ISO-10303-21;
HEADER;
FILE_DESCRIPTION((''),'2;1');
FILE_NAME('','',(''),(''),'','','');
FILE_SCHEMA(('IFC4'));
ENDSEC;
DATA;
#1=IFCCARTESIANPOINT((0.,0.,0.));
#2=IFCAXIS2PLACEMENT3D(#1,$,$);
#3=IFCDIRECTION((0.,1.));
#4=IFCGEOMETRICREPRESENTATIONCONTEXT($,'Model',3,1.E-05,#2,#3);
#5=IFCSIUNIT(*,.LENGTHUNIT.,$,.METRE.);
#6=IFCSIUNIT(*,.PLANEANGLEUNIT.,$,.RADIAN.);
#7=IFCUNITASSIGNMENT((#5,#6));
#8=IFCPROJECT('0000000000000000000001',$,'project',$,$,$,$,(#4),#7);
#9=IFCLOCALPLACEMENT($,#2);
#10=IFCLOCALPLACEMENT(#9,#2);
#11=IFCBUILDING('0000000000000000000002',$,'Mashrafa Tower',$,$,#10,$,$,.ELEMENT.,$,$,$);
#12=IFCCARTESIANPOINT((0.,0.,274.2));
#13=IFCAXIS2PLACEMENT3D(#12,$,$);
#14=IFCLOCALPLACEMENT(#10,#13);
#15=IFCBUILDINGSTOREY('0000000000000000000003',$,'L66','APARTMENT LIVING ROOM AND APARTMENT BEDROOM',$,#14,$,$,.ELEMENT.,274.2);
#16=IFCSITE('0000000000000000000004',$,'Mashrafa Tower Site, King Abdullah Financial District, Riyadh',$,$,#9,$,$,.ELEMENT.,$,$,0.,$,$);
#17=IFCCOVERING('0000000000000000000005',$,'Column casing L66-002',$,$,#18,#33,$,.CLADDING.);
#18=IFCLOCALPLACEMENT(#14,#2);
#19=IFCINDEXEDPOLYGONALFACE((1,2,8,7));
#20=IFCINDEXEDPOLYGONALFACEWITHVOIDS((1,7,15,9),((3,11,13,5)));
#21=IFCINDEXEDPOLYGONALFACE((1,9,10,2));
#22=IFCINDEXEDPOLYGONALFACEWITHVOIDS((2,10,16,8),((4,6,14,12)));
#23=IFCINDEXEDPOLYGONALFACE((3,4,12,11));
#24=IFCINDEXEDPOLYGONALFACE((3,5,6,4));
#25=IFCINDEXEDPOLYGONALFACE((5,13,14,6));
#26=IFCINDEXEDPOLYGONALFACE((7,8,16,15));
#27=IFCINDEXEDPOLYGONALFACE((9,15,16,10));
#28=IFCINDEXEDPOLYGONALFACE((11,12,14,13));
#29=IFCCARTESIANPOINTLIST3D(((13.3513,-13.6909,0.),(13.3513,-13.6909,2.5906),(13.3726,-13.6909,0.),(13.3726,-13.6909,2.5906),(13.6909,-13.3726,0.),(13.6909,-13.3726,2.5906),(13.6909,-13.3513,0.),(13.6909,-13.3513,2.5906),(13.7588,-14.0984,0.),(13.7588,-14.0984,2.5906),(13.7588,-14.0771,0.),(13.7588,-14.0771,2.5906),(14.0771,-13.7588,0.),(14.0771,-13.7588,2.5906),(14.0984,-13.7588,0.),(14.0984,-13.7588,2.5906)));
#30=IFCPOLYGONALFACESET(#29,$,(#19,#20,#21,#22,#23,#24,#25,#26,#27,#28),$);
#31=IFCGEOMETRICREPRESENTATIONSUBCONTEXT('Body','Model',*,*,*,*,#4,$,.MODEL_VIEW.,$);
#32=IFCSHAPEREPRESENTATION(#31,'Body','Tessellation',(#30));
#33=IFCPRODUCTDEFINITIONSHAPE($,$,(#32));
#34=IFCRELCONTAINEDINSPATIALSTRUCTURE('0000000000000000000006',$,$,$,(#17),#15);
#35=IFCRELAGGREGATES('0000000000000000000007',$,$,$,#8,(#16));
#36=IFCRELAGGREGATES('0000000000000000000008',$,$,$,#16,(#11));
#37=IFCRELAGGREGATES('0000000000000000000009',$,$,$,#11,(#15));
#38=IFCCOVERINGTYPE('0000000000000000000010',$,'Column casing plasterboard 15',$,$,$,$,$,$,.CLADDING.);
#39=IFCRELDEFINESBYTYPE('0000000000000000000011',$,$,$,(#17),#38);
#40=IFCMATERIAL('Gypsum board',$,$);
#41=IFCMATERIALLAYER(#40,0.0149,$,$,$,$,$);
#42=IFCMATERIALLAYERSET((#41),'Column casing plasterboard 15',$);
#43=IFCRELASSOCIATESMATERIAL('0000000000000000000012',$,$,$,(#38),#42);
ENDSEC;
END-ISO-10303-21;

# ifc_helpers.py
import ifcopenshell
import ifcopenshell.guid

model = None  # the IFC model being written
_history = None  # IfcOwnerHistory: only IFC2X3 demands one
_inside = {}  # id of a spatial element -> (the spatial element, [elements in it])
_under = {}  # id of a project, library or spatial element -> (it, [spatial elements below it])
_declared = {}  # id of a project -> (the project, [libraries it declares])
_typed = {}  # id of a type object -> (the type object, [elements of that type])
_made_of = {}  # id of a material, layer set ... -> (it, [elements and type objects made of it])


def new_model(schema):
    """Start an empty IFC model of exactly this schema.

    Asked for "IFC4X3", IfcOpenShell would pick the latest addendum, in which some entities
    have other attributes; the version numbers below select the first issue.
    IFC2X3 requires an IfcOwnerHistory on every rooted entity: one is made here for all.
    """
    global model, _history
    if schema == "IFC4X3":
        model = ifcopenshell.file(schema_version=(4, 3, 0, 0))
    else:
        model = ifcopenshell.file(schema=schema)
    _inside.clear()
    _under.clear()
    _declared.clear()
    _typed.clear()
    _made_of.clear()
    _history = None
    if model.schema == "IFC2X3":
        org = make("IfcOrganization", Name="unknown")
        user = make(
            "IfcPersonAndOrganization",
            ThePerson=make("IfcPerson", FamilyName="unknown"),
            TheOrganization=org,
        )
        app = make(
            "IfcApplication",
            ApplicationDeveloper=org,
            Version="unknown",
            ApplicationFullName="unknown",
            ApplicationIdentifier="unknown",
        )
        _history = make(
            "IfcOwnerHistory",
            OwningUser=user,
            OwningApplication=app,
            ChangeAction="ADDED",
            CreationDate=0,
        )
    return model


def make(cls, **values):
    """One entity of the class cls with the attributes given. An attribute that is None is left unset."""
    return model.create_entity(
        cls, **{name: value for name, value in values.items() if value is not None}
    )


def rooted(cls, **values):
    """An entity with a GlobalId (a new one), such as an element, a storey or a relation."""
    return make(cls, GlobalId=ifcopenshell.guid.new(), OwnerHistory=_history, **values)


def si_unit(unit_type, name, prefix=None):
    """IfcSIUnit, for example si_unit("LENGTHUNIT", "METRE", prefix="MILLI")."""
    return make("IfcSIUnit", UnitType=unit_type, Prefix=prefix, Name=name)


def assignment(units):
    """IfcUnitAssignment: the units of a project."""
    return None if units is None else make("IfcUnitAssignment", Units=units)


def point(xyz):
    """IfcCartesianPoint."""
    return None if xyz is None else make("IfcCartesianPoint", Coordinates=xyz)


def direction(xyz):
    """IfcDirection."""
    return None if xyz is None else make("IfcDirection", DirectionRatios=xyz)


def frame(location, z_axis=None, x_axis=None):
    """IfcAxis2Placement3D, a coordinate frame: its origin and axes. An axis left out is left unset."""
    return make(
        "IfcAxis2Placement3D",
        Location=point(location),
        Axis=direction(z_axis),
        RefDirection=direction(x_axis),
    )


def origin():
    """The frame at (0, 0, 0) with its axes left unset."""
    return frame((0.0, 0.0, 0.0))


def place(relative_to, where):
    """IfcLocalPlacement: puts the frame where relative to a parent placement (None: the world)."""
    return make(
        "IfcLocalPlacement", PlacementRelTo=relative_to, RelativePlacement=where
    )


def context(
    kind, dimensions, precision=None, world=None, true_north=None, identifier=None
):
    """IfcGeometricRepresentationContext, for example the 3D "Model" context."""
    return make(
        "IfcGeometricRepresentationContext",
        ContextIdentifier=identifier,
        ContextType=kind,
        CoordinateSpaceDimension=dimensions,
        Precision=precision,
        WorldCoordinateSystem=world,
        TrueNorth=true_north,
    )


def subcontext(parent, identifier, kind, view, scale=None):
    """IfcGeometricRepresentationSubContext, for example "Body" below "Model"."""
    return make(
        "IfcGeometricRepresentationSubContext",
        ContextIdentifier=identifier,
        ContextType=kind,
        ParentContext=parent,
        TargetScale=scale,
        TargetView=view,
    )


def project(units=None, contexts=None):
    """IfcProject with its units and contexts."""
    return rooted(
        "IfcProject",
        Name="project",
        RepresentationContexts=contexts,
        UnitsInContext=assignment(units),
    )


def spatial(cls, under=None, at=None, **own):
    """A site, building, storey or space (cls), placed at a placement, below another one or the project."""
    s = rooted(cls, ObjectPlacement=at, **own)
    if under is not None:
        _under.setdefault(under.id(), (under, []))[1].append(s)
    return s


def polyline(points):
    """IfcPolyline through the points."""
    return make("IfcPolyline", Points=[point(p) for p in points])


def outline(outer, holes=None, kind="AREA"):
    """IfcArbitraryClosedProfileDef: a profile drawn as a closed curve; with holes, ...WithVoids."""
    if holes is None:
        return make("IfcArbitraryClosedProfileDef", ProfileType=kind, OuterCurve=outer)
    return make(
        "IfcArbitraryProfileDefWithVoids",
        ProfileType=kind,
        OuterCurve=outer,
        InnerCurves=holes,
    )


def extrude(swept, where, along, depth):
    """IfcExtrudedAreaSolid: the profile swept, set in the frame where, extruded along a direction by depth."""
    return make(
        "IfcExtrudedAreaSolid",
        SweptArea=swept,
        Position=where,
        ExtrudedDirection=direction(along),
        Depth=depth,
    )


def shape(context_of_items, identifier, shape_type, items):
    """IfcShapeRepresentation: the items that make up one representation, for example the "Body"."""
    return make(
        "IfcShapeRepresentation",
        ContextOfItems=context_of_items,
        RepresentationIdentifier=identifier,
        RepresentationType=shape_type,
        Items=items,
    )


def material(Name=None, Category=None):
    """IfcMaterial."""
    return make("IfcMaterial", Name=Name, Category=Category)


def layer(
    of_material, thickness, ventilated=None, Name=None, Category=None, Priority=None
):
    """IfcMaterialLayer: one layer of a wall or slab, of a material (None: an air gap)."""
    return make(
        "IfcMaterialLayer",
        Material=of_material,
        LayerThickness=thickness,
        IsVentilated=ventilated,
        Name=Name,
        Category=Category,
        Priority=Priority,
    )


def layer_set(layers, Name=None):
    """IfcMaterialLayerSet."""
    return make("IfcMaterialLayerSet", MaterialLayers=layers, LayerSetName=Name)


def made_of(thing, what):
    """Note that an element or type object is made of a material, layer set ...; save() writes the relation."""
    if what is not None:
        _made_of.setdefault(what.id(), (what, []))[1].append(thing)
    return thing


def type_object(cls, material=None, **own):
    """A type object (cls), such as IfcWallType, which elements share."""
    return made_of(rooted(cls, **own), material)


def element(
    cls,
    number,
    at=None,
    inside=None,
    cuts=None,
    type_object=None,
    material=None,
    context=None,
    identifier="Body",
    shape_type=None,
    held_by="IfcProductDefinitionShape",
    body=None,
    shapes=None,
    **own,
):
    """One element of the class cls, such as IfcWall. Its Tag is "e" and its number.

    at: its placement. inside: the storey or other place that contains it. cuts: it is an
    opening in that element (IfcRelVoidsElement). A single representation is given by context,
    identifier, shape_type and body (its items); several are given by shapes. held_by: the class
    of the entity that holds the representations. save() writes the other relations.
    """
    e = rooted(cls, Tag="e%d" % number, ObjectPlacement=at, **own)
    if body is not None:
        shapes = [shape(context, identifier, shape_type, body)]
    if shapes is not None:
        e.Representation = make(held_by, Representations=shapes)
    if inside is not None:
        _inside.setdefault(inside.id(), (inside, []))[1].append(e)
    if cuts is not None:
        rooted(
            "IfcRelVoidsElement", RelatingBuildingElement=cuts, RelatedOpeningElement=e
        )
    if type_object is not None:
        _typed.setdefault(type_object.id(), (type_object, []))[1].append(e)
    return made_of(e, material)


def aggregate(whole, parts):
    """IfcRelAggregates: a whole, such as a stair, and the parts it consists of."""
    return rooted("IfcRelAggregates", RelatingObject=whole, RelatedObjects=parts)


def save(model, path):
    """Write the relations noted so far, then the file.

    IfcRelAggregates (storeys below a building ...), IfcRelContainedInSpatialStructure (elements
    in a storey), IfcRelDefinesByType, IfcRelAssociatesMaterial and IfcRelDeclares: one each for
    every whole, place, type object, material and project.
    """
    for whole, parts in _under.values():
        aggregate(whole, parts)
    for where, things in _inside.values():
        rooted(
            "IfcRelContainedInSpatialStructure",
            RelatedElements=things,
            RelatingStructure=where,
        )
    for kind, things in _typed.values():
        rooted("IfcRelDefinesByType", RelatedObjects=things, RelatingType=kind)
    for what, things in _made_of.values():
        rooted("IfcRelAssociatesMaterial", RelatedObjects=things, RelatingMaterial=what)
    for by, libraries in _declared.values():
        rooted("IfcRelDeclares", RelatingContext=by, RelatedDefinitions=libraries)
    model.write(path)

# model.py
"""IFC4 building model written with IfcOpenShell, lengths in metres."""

from ifc_helpers import new_model, si_unit, direction, frame, origin, place, context, subcontext, project, spatial, polyline, outline, extrude, material, layer, layer_set, type_object, element, save


model = new_model("IFC4")

# Units and contexts
model_context = context("Model", 3, precision=1e-05, world=origin(), true_north=direction((0.0, 1.0)))
body_context = subcontext(model_context, "Body", "Model", "MODEL_VIEW")
ifc_project = project(units=[si_unit("LENGTHUNIT", "METRE"), si_unit("PLANEANGLEUNIT", "RADIAN")], contexts=[model_context])

# Site, building, storey
site_placement = place(None, origin())
site = spatial("IfcSite", under=ifc_project, at=site_placement, Name="Mashrafa Tower Site, King Abdullah Financial District, Riyadh", CompositionType="ELEMENT", RefElevation=0.0)
building_placement = place(site_placement, origin())
building = spatial("IfcBuilding", under=site, at=building_placement, Name="Mashrafa Tower", CompositionType="ELEMENT")
storey_placement = place(building_placement, frame((0.0, 0.0, 274.2)))
storey = spatial("IfcBuildingStorey", under=building, at=storey_placement, Name="L66", Description="APARTMENT LIVING ROOM AND APARTMENT BEDROOM", CompositionType="ELEMENT", Elevation=274.2)

# Covering
ifc_material_1 = material(Name="Gypsum board")
ifc_layer_1 = layer(ifc_material_1, 0.0149)
ifc_layer_set_1 = layer_set([ifc_layer_1], Name="Column casing plasterboard 15")
covering_type = type_object("IfcCoveringType", Name="Column casing plasterboard 15", PredefinedType="CLADDING", material=ifc_layer_set_1)
covering_placement = place(storey_placement, origin())
element("IfcCovering", 1, at=covering_placement, inside=storey, type_object=covering_type, Name="Column casing L66-002", PredefinedType="CLADDING", context=body_context, shape_type="SweptSolid", body=[
    extrude(outline(polyline([(13.3513, -13.6909), (13.6909, -13.3513), (14.0984, -13.7588), (13.7588, -14.0984), (13.3513, -13.6909)]), holes=[polyline([(14.0771, -13.7588), (13.6909, -13.3726), (13.3726, -13.6909), (13.7588, -14.0771), (14.0771, -13.7588)])]), origin(), (0.0, 0.0, 1.0), 2.5906),
])

save(model, "model.ifc")
